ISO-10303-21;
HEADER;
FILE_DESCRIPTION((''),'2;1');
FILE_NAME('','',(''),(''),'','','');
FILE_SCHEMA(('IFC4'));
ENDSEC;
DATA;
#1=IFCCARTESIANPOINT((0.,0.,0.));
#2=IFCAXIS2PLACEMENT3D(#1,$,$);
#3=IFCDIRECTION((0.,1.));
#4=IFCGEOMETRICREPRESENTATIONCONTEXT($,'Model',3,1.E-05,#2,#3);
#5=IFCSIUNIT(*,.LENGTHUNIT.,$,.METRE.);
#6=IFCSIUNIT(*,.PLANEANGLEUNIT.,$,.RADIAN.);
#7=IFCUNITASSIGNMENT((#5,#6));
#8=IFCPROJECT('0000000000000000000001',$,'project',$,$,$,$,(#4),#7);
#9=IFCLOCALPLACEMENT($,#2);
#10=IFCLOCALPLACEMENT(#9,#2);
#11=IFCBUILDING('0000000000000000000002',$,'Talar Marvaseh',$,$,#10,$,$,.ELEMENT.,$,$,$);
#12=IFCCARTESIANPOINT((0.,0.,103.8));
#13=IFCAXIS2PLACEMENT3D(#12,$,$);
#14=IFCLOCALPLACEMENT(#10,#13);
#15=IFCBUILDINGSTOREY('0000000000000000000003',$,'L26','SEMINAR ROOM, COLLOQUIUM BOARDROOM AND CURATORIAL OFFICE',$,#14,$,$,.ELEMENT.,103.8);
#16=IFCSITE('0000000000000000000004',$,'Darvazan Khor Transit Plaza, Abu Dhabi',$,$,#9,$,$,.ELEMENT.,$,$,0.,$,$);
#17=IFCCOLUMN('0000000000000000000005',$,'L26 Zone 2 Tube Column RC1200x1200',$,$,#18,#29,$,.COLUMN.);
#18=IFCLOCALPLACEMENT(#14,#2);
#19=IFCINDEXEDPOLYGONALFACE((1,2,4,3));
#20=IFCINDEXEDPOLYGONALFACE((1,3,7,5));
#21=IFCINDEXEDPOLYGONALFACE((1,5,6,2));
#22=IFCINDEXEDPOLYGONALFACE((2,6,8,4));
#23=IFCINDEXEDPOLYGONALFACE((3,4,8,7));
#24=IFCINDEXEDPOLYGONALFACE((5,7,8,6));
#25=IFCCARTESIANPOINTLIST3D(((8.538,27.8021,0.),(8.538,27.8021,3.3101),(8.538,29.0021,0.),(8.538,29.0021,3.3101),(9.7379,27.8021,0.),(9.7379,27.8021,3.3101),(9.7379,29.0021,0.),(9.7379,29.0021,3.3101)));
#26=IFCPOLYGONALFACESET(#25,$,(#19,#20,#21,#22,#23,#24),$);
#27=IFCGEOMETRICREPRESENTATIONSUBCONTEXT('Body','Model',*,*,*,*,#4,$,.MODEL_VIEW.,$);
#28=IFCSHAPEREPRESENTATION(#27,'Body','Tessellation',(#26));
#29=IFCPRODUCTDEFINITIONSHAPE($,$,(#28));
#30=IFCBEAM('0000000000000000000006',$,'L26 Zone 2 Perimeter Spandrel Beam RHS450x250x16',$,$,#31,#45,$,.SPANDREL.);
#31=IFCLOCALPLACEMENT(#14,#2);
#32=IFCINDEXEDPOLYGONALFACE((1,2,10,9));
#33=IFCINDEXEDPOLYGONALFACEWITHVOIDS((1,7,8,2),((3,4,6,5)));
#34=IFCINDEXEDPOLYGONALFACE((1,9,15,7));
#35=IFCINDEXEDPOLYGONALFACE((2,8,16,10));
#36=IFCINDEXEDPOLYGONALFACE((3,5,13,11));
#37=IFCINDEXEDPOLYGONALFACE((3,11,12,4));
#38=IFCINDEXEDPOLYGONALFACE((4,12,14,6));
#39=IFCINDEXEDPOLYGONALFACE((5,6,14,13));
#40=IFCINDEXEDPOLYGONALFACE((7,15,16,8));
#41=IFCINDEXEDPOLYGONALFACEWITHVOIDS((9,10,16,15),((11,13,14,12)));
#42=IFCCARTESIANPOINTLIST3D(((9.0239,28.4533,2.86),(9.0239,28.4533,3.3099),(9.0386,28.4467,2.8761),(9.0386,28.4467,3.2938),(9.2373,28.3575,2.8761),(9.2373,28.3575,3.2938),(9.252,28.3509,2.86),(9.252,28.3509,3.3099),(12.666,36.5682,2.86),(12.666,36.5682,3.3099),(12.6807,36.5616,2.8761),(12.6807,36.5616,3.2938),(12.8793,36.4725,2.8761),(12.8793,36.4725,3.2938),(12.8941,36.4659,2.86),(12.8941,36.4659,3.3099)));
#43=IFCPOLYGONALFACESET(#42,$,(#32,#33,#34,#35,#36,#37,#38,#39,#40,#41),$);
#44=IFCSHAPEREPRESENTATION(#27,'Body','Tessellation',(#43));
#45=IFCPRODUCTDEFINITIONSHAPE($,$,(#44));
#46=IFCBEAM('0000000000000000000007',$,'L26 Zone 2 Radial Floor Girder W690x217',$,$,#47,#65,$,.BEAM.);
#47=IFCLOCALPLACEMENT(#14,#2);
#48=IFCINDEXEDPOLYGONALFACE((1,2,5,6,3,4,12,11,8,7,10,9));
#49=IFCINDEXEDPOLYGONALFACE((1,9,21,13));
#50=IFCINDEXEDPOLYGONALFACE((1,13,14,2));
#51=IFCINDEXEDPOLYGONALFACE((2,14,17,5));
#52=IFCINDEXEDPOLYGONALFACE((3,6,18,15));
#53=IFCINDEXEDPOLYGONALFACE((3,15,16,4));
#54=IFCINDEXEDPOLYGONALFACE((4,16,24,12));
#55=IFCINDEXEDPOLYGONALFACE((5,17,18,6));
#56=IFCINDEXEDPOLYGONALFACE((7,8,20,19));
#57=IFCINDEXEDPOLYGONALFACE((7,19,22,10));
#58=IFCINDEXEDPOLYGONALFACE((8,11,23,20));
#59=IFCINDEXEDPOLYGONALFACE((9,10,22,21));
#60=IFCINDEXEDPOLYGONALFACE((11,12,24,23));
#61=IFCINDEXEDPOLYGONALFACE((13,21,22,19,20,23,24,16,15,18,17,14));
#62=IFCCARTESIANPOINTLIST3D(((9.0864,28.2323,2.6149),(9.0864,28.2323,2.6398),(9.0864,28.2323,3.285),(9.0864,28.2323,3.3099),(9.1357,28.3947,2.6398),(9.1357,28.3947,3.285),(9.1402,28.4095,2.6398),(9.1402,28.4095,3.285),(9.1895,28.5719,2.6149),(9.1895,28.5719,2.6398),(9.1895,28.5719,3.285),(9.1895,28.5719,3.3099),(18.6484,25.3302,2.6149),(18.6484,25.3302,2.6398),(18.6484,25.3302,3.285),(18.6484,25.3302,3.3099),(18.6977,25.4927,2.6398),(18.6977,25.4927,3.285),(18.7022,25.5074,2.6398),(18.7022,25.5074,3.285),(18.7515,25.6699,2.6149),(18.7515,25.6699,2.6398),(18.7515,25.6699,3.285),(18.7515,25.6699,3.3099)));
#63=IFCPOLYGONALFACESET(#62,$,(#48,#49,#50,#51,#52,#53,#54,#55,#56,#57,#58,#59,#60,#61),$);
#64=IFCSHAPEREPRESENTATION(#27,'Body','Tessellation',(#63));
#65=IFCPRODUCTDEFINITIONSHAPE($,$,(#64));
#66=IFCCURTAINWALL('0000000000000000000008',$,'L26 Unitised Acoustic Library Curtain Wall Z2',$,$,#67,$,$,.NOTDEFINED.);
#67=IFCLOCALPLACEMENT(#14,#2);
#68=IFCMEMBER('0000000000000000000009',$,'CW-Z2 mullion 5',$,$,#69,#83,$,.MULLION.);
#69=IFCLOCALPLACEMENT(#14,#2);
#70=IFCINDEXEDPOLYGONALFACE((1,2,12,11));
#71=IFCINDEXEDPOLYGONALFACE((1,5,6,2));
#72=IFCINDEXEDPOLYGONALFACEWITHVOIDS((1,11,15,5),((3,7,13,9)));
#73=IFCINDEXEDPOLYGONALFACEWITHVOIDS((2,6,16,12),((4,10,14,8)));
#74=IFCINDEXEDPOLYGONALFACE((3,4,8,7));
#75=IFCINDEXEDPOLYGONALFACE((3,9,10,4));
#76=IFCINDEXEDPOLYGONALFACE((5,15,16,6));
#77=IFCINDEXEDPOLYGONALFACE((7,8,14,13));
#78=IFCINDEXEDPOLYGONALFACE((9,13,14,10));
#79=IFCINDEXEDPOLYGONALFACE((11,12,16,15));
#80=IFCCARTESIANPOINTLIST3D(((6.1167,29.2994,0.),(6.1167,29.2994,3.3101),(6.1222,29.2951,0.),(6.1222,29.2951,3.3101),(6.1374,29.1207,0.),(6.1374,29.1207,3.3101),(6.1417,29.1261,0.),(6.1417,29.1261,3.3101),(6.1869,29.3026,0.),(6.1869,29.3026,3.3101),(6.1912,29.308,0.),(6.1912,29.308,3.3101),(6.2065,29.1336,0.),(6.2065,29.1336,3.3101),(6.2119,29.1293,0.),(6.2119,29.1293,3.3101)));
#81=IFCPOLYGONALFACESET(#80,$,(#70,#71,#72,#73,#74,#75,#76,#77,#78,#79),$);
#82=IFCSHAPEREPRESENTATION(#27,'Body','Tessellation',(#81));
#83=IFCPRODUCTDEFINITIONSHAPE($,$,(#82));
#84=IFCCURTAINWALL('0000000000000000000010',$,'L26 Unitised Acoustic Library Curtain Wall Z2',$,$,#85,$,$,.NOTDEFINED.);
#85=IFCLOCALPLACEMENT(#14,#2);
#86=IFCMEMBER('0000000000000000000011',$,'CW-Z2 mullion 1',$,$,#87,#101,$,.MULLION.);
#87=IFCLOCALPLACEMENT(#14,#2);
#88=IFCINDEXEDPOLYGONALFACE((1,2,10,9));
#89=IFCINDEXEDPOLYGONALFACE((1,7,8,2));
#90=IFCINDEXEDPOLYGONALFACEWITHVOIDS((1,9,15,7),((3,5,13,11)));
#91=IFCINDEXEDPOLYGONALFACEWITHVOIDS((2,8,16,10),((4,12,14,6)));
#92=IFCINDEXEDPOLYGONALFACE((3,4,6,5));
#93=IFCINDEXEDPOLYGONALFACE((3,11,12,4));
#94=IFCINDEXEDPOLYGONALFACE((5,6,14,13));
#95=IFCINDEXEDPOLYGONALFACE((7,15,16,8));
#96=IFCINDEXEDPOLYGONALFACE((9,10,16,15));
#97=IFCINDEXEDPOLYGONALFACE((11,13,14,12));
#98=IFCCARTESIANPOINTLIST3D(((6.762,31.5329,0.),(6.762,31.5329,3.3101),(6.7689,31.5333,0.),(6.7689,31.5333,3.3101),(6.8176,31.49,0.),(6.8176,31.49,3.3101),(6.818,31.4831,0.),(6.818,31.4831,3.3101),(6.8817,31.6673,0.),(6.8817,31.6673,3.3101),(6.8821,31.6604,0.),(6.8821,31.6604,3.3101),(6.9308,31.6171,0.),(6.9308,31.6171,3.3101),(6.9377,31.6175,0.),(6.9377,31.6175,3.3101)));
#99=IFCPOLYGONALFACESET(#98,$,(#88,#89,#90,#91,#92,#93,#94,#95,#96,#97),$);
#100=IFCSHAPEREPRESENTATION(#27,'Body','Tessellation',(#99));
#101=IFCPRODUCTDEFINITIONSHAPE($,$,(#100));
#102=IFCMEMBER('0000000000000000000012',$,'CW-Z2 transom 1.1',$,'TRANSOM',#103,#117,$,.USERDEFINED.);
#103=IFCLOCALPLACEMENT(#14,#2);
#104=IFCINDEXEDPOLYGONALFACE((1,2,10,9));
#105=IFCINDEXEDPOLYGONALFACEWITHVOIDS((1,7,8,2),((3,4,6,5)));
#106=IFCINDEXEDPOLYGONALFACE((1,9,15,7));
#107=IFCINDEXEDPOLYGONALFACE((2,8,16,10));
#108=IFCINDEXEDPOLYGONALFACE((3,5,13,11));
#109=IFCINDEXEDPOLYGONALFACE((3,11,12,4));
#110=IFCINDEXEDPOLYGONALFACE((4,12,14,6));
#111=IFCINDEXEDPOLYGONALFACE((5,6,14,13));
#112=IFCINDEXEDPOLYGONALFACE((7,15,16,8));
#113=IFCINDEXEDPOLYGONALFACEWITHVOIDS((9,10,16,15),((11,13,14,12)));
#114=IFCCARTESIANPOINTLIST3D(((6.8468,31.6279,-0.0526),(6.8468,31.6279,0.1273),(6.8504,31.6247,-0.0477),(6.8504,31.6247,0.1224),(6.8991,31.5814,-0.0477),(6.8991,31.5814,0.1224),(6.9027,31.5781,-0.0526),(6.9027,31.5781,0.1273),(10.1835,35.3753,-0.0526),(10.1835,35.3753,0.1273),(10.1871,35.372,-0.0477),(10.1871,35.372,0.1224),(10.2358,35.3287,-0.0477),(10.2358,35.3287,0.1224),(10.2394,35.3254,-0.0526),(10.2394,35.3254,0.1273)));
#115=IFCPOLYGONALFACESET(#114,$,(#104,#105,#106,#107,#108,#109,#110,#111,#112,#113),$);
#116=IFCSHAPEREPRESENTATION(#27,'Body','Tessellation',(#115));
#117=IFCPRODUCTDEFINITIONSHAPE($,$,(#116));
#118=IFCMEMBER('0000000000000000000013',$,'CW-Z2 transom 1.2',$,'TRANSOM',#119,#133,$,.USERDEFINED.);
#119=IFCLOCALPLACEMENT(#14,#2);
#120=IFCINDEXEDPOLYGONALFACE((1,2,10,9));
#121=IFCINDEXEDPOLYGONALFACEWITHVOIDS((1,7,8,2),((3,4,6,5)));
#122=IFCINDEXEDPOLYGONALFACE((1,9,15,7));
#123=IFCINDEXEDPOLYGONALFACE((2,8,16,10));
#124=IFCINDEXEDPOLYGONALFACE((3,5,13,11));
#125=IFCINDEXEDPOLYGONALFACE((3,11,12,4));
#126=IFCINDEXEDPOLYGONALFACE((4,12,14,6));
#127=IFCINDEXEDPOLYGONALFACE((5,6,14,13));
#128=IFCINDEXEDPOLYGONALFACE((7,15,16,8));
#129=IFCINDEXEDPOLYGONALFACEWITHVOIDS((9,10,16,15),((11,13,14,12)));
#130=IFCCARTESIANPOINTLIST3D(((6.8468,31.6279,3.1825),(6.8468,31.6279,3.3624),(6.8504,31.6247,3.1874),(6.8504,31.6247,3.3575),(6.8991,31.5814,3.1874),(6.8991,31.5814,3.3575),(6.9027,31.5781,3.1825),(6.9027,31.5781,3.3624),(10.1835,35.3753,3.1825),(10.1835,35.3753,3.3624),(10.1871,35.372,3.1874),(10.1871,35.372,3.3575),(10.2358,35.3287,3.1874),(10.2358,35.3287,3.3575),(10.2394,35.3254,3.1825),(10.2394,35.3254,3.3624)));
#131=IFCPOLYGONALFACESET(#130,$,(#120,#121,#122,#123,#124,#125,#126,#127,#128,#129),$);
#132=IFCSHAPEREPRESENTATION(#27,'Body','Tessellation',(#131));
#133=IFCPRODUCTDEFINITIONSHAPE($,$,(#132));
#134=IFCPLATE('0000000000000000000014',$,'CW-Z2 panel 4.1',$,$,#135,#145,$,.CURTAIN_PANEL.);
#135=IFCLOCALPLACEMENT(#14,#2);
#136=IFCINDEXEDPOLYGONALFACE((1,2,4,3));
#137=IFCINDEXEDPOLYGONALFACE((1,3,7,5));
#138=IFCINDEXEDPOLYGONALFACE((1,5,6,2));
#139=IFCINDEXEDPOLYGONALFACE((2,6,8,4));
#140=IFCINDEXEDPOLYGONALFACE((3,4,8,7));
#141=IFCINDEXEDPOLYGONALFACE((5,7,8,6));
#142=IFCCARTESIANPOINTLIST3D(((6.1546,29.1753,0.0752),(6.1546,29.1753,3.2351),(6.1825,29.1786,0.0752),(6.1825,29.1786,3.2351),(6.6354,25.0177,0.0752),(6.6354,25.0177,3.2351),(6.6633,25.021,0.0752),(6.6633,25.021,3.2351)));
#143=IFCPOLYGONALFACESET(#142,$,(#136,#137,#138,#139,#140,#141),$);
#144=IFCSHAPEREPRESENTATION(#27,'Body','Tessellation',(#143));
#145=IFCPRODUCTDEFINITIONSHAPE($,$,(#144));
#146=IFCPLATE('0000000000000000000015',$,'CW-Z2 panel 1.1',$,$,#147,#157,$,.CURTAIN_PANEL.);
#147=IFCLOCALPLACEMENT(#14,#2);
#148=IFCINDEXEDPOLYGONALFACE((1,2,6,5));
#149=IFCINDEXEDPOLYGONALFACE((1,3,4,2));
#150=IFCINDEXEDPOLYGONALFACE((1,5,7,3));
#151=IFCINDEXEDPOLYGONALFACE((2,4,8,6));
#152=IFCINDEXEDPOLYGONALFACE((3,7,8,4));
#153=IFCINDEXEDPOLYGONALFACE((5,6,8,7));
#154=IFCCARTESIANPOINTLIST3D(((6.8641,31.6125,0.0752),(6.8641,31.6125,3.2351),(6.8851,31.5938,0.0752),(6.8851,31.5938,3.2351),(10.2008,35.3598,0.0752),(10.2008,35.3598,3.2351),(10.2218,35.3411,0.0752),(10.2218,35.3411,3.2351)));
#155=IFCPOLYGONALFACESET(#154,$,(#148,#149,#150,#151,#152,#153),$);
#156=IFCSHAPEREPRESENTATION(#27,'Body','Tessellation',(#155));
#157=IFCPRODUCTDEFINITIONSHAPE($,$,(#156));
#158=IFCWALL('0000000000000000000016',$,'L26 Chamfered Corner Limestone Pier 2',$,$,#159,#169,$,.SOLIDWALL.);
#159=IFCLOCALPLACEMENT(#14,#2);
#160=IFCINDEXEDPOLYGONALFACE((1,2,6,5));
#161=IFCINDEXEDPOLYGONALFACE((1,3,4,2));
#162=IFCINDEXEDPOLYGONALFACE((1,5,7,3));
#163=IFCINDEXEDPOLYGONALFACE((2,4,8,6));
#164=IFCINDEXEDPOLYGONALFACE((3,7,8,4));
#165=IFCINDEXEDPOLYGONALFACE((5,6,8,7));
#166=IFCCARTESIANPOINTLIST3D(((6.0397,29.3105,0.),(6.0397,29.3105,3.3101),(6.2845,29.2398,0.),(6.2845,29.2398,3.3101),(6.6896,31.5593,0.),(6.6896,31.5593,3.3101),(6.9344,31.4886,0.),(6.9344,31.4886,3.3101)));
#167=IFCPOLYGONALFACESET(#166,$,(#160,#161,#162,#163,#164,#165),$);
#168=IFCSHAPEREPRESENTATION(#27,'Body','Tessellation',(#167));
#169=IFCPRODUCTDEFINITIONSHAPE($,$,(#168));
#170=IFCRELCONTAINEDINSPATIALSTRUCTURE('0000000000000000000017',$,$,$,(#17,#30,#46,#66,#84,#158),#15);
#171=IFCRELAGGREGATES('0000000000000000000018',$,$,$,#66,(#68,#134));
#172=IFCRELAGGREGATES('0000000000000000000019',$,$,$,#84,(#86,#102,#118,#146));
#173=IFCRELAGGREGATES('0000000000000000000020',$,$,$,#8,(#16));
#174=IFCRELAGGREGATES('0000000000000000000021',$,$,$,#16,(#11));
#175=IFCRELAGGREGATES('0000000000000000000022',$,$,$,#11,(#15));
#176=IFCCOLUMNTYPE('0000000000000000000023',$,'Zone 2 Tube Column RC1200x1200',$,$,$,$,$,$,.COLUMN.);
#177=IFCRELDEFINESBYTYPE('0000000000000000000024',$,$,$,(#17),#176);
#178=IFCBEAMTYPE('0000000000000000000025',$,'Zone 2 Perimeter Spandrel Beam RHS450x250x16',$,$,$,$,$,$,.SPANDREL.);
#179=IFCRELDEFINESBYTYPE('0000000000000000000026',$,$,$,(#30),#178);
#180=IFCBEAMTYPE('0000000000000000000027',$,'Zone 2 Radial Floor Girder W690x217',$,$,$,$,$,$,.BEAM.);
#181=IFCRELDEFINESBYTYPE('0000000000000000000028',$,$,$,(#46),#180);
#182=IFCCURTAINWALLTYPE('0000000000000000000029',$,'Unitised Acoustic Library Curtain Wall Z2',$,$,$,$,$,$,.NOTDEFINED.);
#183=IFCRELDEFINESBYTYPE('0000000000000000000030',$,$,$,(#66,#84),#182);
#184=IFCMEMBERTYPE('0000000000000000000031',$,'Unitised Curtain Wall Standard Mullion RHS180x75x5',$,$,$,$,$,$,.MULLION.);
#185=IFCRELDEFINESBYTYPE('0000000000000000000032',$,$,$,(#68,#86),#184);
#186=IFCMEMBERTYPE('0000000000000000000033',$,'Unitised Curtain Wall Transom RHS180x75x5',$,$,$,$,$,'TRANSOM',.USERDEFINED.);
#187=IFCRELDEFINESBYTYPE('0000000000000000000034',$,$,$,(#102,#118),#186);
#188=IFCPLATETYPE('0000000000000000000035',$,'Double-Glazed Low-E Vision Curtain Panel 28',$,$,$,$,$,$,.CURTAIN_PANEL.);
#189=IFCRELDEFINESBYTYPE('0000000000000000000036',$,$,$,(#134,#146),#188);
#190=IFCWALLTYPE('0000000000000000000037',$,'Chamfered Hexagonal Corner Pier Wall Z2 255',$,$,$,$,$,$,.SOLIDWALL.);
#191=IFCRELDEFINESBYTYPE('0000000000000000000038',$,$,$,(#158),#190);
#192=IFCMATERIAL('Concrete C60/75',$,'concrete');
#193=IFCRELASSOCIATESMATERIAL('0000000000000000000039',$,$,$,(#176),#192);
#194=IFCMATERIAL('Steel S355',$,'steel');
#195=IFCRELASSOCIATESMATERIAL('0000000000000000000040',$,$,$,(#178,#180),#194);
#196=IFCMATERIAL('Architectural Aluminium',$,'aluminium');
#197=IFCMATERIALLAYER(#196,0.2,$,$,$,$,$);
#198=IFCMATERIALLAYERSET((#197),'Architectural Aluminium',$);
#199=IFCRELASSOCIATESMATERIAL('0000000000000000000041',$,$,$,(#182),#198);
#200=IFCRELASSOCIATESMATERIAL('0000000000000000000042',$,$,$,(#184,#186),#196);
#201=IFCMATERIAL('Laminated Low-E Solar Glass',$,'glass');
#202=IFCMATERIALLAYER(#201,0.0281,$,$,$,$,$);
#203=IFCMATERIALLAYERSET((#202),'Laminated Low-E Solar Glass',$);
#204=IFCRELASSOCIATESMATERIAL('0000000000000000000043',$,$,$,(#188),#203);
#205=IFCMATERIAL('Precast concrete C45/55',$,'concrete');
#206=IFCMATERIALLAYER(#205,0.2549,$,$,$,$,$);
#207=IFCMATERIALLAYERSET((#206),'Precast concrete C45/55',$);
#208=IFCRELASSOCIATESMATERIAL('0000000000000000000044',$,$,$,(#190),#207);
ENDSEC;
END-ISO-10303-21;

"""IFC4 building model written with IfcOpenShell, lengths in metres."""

from ifc_helpers import new_model, si_unit, direction, frame, frame_2d, origin, origin_2d, place, context, subcontext, project, spatial, rectangle, hollow_rectangle, i_section, extrude, source, transform, mapped, material, layer, layer_set, material_profile, profile_set, type_object, type_shapes, element, aggregate, save


model = new_model("IFC4")

# Units and contexts
model_context = context("Model", 3, precision=1e-05, world=origin(), true_north=direction((0.0, 1.0)))
body_context = subcontext(model_context, "Body", "Model", "MODEL_VIEW")
ifc_project = project(units=[si_unit("LENGTHUNIT", "METRE"), si_unit("PLANEANGLEUNIT", "RADIAN")], contexts=[model_context])

# Site, building, storey
site_placement = place(None, origin())
site = spatial("IfcSite", under=ifc_project, at=site_placement, Name="Darvazan Khor Transit Plaza, Abu Dhabi", CompositionType="ELEMENT", RefElevation=0.0)
building_placement = place(site_placement, origin())
building = spatial("IfcBuilding", under=site, at=building_placement, Name="Talar Marvaseh", CompositionType="ELEMENT")
storey_placement = place(building_placement, frame((0.0, 0.0, 103.8)))
storey = spatial("IfcBuildingStorey", under=building, at=storey_placement, Name="L26", Description="SEMINAR ROOM, COLLOQUIUM BOARDROOM AND CURATORIAL OFFICE", CompositionType="ELEMENT", Elevation=103.8)

# Column
ifc_material_1 = material(Name="Concrete C60/75", Category="concrete")
ifc_material_profile_1 = material_profile(ifc_material_1, rectangle(XDim=1.2, YDim=1.2, at=origin_2d()), Name="RC1200x1200")
ifc_profile_set_1 = profile_set([ifc_material_profile_1], Name="Concrete C60/75")
column_type = type_object("IfcColumnType", Name="Zone 2 Tube Column RC1200x1200", PredefinedType="COLUMN", material=ifc_profile_set_1)
column_placement = place(storey_placement, frame((9.1379, 28.4021, 0.0), z_axis=(0.0, 0.0, 1.0), x_axis=(1.0, 0.0, 0.0)))
element("IfcColumn", 1, at=column_placement, inside=storey, type_object=column_type, Name="L26 Zone 2 Tube Column RC1200x1200", PredefinedType="COLUMN", context=body_context, shape_type="SweptSolid", body=[
    extrude(rectangle(XDim=1.2, YDim=1.2, at=origin_2d()), origin(), (0.0, 0.0, 1.0), 3.3101),
])

# Beams
ifc_material_2 = material(Name="Steel S355", Category="steel")
ifc_material_profile_2 = material_profile(ifc_material_2, hollow_rectangle(XDim=0.25, YDim=0.45, WallThickness=0.0161, at=origin_2d()), Name="RHS450x250x16")
ifc_profile_set_2 = profile_set([ifc_material_profile_2], Name="Steel S355")
beam_type_1 = type_object("IfcBeamType", Name="Zone 2 Perimeter Spandrel Beam RHS450x250x16", PredefinedType="SPANDREL", material=ifc_profile_set_2)
beam_1_placement = place(storey_placement, frame((9.1379, 28.4021, 3.085), z_axis=(0.409462, 0.912327, 0.0), x_axis=(-0.912327, 0.409462, 0.0)))
element("IfcBeam", 2, at=beam_1_placement, inside=storey, type_object=beam_type_1, Name="L26 Zone 2 Perimeter Spandrel Beam RHS450x250x16", PredefinedType="SPANDREL", context=body_context, shape_type="SweptSolid", body=[
    extrude(hollow_rectangle(XDim=0.25, YDim=0.45, WallThickness=0.0161, at=origin_2d()), origin(), (0.0, 0.0, 1.0), 8.8948),
])
ifc_material_profile_3 = material_profile(ifc_material_2, i_section(OverallWidth=0.355, OverallDepth=0.6951, WebThickness=0.0154, FlangeThickness=0.0249, at=origin_2d()), Name="W690x217")
ifc_profile_set_3 = profile_set([ifc_material_profile_3], Name="Steel S355")
beam_type_2 = type_object("IfcBeamType", Name="Zone 2 Radial Floor Girder W690x217", PredefinedType="BEAM", material=ifc_profile_set_3)
beam_2_placement = place(storey_placement, frame((9.1379, 28.4021, 2.9624), z_axis=(0.956899, -0.290422, 0.0), x_axis=(0.290422, 0.956899, 0.0)))
element("IfcBeam", 3, at=beam_2_placement, inside=storey, type_object=beam_type_2, Name="L26 Zone 2 Radial Floor Girder W690x217", PredefinedType="BEAM", context=body_context, shape_type="SweptSolid", body=[
    extrude(i_section(OverallWidth=0.355, OverallDepth=0.6951, WebThickness=0.0154, FlangeThickness=0.0249, at=origin_2d()), origin(), (0.0, 0.0, 1.0), 9.9927),
])

# Curtain wall, member
ifc_material_3 = material(Name="Architectural Aluminium", Category="aluminium")
ifc_layer_1 = layer(ifc_material_3, 0.2)
ifc_layer_set_1 = layer_set([ifc_layer_1], Name="Architectural Aluminium")
curtain_wall_type = type_object("IfcCurtainWallType", Name="Unitised Acoustic Library Curtain Wall Z2", PredefinedType="NOTDEFINED", material=ifc_layer_set_1)
curtain_wall_1_placement = place(storey_placement, origin())
curtain_wall_1 = element("IfcCurtainWall", 4, at=curtain_wall_1_placement, inside=storey, type_object=curtain_wall_type, Name="L26 Unitised Acoustic Library Curtain Wall Z2", PredefinedType="NOTDEFINED")
ifc_material_profile_4 = material_profile(ifc_material_3, hollow_rectangle(XDim=0.075, YDim=0.1799, WallThickness=0.0049, at=origin_2d()), Name="RHS180x75x5")
ifc_profile_set_4 = profile_set([ifc_material_profile_4], Name="Architectural Aluminium")
member_type_1 = type_object("IfcMemberType", Name="Unitised Curtain Wall Standard Mullion RHS180x75x5", PredefinedType="MULLION", material=ifc_profile_set_4)
shared_shape_1 = source(origin(), body_context, "Body", "SweptSolid", [
    extrude(hollow_rectangle(XDim=0.075, YDim=0.1799, WallThickness=0.0049, at=origin_2d()), origin(), (0.0, 0.0, 1.0), 3.3101),
])
type_shapes(member_type_1, [shared_shape_1])
member_1_placement = place(storey_placement, frame((6.1643, 29.2144, 0.0), z_axis=(0.0, 0.0, 1.0), x_axis=(-0.993381, -0.11487, 0.0)))
member_1 = element("IfcMember", 5, at=member_1_placement, type_object=member_type_1, Name="CW-Z2 mullion 5", PredefinedType="MULLION", context=body_context, shape_type="MappedRepresentation", body=[
    mapped(shared_shape_1, transform((0.0, 0.0, 0.0), x_axis=(1.0, 0.0, 0.0), y_axis=(0.0, 1.0, 0.0), z_axis=(0.0, 0.0, 1.0), scale=1.0)),
])

# Curtain wall, members
curtain_wall_2_placement = place(storey_placement, origin())
curtain_wall_2 = element("IfcCurtainWall", 6, at=curtain_wall_2_placement, inside=storey, type_object=curtain_wall_type, Name="L26 Unitised Acoustic Library Curtain Wall Z2", PredefinedType="NOTDEFINED")
member_2_placement = place(storey_placement, frame((6.8499, 31.5752, 0.0), z_axis=(0.0, 0.0, 1.0), x_axis=(-0.746844, 0.664999, 0.0)))
member_2 = element("IfcMember", 7, at=member_2_placement, type_object=member_type_1, Name="CW-Z2 mullion 1", PredefinedType="MULLION", context=body_context, shape_type="MappedRepresentation", body=[
    mapped(shared_shape_1, transform((0.0, 0.0, 0.0), x_axis=(1.0, 0.0, 0.0), y_axis=(0.0, 1.0, 0.0), z_axis=(0.0, 0.0, 1.0), scale=1.0)),
])
ifc_material_profile_5 = material_profile(ifc_material_3, hollow_rectangle(XDim=0.075, YDim=0.1799, WallThickness=0.0049, at=origin_2d()), Name="RHS180x75x5")
ifc_profile_set_5 = profile_set([ifc_material_profile_5], Name="Architectural Aluminium")
member_type_2 = type_object("IfcMemberType", Name="Unitised Curtain Wall Transom RHS180x75x5", ElementType="TRANSOM", PredefinedType="USERDEFINED", material=ifc_profile_set_5)
shared_shape_2 = source(origin(), body_context, "Body", "SweptSolid", [
    extrude(hollow_rectangle(XDim=0.075, YDim=0.1799, WallThickness=0.0049, at=origin_2d()), origin(), (0.0, 0.0, 1.0), 5.0176),
])
type_shapes(member_type_2, [shared_shape_2])
member_3_placement = place(storey_placement, frame((6.8748, 31.603, 0.0374), z_axis=(0.665001, 0.746843, 0.0), x_axis=(-0.746843, 0.665001, 0.0)))
member_3 = element("IfcMember", 8, at=member_3_placement, type_object=member_type_2, Name="CW-Z2 transom 1.1", ObjectType="TRANSOM", PredefinedType="USERDEFINED", context=body_context, shape_type="MappedRepresentation", body=[
    mapped(shared_shape_2, transform((0.0, 0.0, 0.0), x_axis=(1.0, 0.0, 0.0), y_axis=(0.0, 1.0, 0.0), z_axis=(0.0, 0.0, 1.0), scale=1.0)),
])
member_4_placement = place(storey_placement, frame((6.8748, 31.603, 3.2725), z_axis=(0.665001, 0.746843, 0.0), x_axis=(-0.746843, 0.665001, 0.0)))
member_4 = element("IfcMember", 9, at=member_4_placement, type_object=member_type_2, Name="CW-Z2 transom 1.2", ObjectType="TRANSOM", PredefinedType="USERDEFINED", context=body_context, shape_type="MappedRepresentation", body=[
    mapped(shared_shape_2, transform((0.0, 0.0, 0.0), x_axis=(1.0, 0.0, 0.0), y_axis=(0.0, 1.0, 0.0), z_axis=(0.0, 0.0, 1.0), scale=1.0)),
])

# Plates
ifc_material_4 = material(Name="Laminated Low-E Solar Glass", Category="glass")
ifc_layer_2 = layer(ifc_material_4, 0.0281)
ifc_layer_set_2 = layer_set([ifc_layer_2], Name="Laminated Low-E Solar Glass")
plate_type = type_object("IfcPlateType", Name="Double-Glazed Low-E Vision Curtain Panel 28", PredefinedType="CURTAIN_PANEL", material=ifc_layer_set_2)
shared_shape_3 = source(origin(), body_context, "Body", "SweptSolid", [
    extrude(rectangle(XDim=4.1853, YDim=0.0281, at=origin_2d()), origin(), (0.0, 0.0, 1.0), 3.1599),
])
plate_1_placement = place(storey_placement, frame((6.4089, 27.0981, 0.0752), z_axis=(0.0, 0.0, 1.0), x_axis=(-0.11487, 0.993381, 0.0)))
plate_1 = element("IfcPlate", 10, at=plate_1_placement, type_object=plate_type, Name="CW-Z2 panel 4.1", PredefinedType="CURTAIN_PANEL", context=body_context, shape_type="MappedRepresentation", body=[
    mapped(shared_shape_3, transform((0.0, 0.0, 0.0), x_axis=(1.0, 0.0, 0.0), y_axis=(0.0, 1.0, 0.0), z_axis=(0.0, 0.0, 1.0), scale=1.0)),
])
aggregate(curtain_wall_1, [member_1, plate_1])
shared_shape_4 = source(origin(), body_context, "Body", "SweptSolid", [
    extrude(rectangle(XDim=5.0176, YDim=0.0281, at=origin_2d()), origin(), (0.0, 0.0, 1.0), 3.1599),
])
type_shapes(plate_type, [shared_shape_3, shared_shape_4])
plate_2_placement = place(storey_placement, frame((8.543, 33.4768, 0.0752), z_axis=(0.0, 0.0, 1.0), x_axis=(0.664999, 0.746844, 0.0)))
plate_2 = element("IfcPlate", 11, at=plate_2_placement, type_object=plate_type, Name="CW-Z2 panel 1.1", PredefinedType="CURTAIN_PANEL", context=body_context, shape_type="MappedRepresentation", body=[
    mapped(shared_shape_4, transform((0.0, 0.0, 0.0), x_axis=(1.0, 0.0, 0.0), y_axis=(0.0, 1.0, 0.0), z_axis=(0.0, 0.0, 1.0), scale=1.0)),
])
aggregate(curtain_wall_2, [member_2, member_3, member_4, plate_2])

# Wall
ifc_material_5 = material(Name="Precast concrete C45/55", Category="concrete")
ifc_layer_3 = layer(ifc_material_5, 0.2549)
ifc_layer_set_3 = layer_set([ifc_layer_3], Name="Precast concrete C45/55")
wall_type_1 = type_object("IfcWallType", Name="Chamfered Hexagonal Corner Pier Wall Z2 255", PredefinedType="SOLIDWALL", material=ifc_layer_set_3)
wall_1_placement = place(storey_placement, frame((6.1621, 29.2751, 0.0), z_axis=(0.0, 0.0, 1.0), x_axis=(0.27764, 0.960685, 0.0)))
element("IfcWall", 12, at=wall_1_placement, inside=storey, type_object=wall_type_1, Name="L26 Chamfered Corner Limestone Pier 2", PredefinedType="SOLIDWALL", context=body_context, shape_type="SweptSolid", body=[
    extrude(rectangle(XDim=2.3408, YDim=0.2549, at=frame_2d((1.1704, 0.0))), origin(), (0.0, 0.0, 1.0), 3.3101),
])

save(model, "model.ifc")
